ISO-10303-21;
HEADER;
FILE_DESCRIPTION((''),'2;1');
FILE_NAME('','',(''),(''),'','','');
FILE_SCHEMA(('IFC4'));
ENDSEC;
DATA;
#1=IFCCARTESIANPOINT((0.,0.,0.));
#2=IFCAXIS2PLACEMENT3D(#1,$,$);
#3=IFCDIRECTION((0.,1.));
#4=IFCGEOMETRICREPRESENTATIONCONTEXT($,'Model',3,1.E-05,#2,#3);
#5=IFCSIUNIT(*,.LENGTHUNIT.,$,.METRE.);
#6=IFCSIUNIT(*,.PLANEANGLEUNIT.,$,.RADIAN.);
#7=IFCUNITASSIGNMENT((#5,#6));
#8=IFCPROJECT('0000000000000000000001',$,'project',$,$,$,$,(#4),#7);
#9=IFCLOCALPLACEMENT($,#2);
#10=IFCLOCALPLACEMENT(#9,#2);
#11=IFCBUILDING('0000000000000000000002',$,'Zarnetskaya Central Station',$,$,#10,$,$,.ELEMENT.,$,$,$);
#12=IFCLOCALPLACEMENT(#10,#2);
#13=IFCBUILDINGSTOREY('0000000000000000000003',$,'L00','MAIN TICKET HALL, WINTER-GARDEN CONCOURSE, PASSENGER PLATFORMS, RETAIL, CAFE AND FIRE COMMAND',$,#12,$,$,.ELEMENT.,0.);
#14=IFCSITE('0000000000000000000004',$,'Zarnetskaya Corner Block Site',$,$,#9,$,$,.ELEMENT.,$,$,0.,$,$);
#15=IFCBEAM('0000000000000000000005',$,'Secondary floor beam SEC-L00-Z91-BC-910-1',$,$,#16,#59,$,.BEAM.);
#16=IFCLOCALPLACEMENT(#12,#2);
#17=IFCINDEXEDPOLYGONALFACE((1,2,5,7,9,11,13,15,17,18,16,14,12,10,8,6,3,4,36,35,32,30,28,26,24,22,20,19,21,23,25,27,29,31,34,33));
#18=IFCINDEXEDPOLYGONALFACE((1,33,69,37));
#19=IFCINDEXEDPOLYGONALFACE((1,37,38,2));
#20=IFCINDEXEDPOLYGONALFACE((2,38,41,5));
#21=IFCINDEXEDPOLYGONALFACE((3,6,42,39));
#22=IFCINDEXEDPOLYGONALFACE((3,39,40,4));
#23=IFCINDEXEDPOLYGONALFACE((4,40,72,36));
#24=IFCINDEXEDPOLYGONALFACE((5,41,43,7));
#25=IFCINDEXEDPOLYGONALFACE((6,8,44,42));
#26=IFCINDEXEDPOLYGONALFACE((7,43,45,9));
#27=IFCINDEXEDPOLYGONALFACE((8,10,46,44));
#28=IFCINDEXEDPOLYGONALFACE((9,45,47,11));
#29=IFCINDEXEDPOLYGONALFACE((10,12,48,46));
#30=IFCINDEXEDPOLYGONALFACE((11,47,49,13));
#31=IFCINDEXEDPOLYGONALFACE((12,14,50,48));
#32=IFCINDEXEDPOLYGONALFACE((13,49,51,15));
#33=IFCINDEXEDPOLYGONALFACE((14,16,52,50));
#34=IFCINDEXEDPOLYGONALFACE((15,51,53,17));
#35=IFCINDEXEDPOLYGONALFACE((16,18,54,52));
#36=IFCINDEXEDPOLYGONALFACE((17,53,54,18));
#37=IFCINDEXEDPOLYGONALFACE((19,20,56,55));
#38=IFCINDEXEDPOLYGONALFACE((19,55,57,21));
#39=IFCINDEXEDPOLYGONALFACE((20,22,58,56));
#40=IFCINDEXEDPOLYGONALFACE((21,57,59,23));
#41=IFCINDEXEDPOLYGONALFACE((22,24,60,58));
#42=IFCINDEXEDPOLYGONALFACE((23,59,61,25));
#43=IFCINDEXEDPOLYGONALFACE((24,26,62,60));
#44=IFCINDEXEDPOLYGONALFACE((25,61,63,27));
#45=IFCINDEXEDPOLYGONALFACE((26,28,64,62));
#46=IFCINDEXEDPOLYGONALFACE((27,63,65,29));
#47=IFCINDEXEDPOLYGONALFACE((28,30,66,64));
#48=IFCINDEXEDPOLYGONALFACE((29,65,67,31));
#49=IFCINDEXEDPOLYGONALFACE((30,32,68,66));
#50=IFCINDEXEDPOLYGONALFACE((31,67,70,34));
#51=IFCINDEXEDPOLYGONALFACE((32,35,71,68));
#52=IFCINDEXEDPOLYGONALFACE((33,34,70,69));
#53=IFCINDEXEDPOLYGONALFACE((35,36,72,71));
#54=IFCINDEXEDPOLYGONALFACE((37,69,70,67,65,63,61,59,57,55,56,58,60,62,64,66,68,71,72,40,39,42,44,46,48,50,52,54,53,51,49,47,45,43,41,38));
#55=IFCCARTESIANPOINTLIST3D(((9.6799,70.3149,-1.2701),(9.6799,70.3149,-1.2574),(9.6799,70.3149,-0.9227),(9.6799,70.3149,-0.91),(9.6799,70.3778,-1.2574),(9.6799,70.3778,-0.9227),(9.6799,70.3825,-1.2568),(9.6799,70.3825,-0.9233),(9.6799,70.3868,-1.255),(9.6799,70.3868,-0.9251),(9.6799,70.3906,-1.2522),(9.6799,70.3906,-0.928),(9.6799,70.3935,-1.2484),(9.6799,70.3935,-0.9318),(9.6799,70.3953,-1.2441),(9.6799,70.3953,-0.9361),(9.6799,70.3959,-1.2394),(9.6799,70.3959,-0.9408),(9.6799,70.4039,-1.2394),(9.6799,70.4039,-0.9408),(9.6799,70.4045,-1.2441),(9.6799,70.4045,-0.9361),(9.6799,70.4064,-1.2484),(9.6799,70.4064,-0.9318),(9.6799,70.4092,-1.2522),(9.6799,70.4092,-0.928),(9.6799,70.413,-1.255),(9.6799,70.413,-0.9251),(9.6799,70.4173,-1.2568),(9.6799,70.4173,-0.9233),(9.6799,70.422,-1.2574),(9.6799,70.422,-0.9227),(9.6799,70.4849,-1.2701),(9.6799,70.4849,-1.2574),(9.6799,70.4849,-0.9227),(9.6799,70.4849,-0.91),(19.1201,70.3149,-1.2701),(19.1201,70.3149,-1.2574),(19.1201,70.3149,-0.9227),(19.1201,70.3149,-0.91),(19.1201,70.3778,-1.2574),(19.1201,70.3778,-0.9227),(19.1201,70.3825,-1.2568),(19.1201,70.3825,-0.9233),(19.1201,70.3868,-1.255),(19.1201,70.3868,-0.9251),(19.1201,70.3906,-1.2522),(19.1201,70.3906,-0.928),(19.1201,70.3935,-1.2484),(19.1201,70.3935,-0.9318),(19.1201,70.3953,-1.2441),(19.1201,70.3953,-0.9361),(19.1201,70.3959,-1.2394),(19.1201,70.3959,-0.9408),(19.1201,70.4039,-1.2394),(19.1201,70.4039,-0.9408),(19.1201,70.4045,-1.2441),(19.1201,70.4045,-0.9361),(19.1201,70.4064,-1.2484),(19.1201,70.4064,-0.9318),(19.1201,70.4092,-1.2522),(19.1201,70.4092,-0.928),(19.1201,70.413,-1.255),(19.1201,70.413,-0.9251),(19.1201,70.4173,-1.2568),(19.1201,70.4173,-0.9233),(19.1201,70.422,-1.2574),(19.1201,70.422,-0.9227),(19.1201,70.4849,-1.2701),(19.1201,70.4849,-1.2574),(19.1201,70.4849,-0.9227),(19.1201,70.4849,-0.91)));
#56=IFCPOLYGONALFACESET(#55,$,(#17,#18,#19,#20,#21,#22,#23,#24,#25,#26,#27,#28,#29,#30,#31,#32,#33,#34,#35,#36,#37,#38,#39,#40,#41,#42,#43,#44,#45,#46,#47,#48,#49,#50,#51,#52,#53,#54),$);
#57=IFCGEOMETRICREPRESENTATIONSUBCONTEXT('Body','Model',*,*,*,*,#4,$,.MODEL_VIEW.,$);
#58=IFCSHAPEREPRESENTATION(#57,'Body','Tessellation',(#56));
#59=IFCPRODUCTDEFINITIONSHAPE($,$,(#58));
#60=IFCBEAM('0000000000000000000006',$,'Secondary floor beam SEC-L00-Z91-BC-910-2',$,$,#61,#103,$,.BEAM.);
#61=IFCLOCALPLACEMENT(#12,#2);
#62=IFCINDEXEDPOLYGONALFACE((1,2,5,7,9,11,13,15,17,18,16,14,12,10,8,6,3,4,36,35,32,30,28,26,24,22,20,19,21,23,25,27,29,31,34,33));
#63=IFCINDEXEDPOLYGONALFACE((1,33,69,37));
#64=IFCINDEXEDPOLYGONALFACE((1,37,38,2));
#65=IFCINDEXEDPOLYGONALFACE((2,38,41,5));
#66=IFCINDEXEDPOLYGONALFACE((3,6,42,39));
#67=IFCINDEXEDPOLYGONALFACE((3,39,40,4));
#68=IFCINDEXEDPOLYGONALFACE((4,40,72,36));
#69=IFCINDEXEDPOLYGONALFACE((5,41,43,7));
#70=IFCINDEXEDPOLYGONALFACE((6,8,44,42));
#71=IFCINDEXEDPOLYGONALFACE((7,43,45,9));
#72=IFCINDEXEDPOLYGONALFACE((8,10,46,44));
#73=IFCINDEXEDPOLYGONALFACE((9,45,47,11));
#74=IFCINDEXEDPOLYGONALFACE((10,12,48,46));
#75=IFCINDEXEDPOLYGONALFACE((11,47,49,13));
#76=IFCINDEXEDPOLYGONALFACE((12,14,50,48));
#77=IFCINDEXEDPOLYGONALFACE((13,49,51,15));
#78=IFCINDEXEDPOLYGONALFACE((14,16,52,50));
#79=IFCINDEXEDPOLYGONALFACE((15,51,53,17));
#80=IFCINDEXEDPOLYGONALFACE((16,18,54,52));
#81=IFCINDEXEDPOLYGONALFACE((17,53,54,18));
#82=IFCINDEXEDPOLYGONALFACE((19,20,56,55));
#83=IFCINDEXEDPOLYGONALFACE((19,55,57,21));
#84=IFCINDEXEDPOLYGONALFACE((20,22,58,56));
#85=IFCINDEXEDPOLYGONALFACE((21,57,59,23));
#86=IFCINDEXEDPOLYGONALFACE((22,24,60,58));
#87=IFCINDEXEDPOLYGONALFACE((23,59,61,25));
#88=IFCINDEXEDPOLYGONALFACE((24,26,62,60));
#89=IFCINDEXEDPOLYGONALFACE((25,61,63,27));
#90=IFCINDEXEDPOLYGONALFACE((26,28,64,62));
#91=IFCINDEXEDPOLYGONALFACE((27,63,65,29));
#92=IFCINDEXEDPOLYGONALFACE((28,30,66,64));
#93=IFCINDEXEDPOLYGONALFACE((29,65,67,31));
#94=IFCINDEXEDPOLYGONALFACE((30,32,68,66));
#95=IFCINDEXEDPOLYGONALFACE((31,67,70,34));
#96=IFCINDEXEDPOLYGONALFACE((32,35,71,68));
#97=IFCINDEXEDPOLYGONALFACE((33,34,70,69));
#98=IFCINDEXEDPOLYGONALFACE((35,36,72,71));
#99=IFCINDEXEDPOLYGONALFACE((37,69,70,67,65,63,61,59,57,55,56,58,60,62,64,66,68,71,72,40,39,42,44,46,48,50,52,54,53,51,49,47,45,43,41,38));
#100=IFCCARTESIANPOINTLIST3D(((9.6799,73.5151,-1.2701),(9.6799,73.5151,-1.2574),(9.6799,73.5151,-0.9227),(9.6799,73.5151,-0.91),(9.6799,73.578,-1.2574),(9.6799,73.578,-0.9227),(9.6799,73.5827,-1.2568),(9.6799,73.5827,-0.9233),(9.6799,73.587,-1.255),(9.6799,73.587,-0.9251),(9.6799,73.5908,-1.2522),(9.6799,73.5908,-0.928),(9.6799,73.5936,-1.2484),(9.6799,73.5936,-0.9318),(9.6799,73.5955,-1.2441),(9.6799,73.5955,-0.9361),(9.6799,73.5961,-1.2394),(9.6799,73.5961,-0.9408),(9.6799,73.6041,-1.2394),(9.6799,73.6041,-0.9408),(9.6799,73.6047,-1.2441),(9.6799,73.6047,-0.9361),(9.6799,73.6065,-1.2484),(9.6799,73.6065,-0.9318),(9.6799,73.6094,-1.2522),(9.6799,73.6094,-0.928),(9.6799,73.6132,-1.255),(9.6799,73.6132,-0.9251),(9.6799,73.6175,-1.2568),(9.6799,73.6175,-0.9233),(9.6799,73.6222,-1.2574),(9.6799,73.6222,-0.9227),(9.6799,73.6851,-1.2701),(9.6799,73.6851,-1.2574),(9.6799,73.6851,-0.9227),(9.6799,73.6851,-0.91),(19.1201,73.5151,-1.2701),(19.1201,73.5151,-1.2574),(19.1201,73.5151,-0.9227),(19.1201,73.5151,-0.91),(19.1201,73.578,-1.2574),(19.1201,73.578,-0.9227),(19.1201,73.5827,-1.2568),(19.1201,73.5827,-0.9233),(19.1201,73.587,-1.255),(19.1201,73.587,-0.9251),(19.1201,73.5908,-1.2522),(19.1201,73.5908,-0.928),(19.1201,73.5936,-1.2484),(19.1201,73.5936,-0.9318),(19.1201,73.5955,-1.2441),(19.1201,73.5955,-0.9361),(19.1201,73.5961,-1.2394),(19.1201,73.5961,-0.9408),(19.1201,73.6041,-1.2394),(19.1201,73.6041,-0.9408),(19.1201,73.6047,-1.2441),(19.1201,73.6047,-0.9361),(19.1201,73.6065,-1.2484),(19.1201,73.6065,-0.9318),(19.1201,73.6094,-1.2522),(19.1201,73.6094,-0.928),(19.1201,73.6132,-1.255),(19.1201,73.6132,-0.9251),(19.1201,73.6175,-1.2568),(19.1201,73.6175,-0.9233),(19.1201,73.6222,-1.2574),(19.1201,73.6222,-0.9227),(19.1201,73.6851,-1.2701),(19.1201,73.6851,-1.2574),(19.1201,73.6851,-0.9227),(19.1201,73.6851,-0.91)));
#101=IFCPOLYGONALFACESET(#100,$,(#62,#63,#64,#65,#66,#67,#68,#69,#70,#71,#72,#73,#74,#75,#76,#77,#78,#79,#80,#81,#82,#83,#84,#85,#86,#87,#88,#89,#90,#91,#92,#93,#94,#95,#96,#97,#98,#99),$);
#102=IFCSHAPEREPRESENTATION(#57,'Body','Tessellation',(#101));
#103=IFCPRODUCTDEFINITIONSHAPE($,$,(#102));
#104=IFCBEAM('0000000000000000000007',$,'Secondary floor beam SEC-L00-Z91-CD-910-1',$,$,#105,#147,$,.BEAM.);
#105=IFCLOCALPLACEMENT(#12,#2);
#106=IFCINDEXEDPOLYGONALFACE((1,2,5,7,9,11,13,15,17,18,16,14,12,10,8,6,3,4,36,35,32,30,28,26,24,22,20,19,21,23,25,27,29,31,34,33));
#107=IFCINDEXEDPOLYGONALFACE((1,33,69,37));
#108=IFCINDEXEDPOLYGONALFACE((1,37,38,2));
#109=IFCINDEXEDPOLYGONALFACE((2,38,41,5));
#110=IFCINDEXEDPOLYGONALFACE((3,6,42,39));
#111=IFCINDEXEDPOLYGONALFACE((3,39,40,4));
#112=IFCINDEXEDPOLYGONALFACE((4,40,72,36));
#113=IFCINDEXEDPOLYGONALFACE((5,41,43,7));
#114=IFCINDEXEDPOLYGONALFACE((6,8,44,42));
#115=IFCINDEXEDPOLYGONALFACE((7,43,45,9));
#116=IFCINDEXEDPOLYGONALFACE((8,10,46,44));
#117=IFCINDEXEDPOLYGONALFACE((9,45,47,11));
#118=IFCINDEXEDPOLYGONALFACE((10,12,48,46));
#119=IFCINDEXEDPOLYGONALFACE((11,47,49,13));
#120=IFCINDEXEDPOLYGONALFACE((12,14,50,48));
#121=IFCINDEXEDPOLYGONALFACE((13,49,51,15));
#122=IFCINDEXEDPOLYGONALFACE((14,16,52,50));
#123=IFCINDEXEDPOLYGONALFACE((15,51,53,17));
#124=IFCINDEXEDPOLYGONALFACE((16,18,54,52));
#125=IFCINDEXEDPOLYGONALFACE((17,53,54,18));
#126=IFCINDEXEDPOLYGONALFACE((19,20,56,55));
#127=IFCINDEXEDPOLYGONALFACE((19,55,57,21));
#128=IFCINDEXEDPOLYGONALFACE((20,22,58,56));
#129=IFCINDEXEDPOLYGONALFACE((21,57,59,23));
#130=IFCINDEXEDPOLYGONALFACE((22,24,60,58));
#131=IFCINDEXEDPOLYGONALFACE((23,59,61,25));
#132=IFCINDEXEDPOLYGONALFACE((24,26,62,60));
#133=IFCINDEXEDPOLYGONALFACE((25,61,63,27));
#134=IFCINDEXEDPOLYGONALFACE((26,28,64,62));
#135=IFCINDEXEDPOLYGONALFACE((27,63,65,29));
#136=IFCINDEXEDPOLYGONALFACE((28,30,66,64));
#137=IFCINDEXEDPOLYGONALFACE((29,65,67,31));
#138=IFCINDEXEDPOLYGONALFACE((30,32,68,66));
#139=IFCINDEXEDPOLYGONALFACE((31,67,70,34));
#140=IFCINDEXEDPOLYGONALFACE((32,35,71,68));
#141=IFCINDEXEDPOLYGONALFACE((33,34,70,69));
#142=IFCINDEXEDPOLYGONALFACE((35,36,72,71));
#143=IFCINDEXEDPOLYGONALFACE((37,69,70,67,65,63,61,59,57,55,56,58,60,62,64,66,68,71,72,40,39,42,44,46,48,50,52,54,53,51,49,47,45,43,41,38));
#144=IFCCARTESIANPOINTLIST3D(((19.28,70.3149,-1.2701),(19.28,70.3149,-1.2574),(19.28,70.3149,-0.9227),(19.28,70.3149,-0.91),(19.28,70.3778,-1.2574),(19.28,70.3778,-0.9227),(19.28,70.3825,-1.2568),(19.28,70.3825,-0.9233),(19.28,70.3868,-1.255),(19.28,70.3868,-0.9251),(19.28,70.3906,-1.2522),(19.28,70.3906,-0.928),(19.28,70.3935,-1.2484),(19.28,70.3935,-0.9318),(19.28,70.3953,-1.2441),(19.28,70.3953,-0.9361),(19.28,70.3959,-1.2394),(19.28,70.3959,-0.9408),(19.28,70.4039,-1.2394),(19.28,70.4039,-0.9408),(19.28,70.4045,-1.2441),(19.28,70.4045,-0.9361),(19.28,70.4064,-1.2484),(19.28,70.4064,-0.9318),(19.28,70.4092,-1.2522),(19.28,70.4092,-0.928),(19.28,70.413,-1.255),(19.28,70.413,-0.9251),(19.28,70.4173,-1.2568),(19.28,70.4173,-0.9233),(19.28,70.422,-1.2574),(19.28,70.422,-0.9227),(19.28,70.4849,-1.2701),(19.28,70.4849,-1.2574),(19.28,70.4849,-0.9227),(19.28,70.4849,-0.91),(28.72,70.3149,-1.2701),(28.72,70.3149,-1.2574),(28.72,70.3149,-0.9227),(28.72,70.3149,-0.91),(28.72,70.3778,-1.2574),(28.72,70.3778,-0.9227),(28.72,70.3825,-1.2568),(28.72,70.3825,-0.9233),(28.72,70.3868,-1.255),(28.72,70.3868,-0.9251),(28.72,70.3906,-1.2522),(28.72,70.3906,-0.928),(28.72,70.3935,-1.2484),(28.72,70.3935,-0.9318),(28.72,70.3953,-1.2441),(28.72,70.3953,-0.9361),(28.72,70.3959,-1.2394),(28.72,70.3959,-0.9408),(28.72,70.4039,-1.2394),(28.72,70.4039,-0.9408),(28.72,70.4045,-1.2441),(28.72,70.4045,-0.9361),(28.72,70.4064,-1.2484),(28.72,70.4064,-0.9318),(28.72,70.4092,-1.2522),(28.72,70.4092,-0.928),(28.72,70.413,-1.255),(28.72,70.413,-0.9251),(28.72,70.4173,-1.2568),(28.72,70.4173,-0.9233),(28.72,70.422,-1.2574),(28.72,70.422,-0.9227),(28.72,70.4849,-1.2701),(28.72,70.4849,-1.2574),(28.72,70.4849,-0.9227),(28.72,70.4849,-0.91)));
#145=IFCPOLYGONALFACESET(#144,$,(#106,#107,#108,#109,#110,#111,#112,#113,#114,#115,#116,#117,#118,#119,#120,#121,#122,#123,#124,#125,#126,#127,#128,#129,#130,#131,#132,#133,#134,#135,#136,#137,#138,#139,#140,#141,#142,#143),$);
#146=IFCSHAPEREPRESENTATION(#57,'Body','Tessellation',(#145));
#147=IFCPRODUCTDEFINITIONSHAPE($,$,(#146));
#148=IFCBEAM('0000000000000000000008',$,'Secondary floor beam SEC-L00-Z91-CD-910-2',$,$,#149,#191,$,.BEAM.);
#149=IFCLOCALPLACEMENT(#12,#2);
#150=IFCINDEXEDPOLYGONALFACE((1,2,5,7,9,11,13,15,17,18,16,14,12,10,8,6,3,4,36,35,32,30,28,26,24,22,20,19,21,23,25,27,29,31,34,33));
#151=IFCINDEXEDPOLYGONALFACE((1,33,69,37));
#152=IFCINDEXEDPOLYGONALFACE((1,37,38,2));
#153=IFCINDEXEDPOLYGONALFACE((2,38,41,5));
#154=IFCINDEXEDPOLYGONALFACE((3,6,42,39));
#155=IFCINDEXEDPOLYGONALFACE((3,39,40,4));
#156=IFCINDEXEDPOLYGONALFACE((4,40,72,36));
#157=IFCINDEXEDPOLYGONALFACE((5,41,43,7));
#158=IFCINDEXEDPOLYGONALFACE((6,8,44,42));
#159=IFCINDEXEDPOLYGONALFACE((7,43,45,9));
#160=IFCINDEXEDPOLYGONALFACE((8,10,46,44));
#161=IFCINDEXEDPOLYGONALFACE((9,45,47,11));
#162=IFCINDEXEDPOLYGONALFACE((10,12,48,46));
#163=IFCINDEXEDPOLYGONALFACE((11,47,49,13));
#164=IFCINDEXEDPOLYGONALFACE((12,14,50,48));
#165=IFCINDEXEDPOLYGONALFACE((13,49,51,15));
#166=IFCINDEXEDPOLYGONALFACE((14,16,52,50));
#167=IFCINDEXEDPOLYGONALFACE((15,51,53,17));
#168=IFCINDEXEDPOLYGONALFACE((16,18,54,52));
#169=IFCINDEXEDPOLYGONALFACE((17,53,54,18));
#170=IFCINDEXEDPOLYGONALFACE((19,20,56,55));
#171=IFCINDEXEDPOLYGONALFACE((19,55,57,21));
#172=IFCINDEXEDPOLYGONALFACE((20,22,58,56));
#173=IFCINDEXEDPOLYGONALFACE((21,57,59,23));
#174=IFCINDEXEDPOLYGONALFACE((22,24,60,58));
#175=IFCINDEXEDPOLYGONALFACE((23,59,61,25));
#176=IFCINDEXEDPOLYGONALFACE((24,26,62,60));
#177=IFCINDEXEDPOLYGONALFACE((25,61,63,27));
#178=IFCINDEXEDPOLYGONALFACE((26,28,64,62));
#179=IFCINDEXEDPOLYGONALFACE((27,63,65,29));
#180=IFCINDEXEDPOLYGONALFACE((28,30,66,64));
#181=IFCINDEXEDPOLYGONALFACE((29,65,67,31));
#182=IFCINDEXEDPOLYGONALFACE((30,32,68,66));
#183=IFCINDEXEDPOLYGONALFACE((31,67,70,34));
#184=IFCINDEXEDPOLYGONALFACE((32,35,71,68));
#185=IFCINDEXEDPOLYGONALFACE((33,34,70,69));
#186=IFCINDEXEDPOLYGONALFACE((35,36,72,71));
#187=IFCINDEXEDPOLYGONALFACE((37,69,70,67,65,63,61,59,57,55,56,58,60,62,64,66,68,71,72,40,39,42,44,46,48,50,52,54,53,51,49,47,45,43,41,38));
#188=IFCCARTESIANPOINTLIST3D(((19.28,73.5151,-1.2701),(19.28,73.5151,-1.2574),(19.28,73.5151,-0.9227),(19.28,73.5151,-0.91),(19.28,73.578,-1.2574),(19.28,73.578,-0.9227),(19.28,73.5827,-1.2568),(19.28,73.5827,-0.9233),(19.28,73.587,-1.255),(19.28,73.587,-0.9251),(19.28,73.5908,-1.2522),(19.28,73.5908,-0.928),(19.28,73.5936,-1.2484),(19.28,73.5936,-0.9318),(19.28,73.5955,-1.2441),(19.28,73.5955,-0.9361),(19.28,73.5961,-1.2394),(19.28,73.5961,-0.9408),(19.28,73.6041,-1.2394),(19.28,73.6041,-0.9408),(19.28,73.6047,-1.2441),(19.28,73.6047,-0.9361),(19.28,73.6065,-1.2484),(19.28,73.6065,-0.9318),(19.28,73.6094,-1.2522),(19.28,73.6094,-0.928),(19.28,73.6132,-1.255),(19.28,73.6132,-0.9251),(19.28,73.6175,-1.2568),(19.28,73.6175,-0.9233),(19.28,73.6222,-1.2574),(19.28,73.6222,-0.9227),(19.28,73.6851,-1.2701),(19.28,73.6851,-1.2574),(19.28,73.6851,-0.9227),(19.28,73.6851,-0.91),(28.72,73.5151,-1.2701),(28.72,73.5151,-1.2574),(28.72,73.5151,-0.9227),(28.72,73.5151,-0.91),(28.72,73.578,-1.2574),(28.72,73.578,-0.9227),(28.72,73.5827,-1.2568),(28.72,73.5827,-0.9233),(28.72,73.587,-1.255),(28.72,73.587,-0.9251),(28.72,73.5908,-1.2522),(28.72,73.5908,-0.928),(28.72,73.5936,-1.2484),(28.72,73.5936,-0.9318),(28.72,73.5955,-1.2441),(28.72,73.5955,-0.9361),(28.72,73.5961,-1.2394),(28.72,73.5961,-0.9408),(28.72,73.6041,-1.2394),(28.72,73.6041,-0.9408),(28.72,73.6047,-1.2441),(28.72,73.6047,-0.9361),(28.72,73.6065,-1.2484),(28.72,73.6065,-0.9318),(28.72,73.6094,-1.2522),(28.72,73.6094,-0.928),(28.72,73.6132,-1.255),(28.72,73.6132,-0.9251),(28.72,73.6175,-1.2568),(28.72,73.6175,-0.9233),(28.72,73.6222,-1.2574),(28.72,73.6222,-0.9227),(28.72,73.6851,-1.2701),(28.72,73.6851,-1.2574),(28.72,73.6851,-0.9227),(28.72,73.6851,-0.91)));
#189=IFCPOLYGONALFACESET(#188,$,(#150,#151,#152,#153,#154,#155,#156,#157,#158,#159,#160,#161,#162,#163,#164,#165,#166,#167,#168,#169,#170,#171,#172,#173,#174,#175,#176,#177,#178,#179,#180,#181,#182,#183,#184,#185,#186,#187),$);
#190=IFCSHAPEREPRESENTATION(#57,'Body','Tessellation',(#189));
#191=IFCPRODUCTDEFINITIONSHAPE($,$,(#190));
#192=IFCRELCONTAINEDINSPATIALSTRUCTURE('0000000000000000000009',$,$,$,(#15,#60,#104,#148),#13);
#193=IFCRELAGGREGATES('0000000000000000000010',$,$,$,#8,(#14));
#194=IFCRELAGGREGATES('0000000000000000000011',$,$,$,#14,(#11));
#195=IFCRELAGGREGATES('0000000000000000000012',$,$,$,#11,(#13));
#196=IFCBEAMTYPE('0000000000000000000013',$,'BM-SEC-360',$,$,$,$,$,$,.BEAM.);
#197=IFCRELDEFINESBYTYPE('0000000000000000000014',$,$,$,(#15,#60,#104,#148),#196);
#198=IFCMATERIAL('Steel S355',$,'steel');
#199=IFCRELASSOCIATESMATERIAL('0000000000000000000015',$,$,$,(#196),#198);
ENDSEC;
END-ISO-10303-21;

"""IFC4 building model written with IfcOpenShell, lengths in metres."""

from ifc_helpers import new_model, si_unit, direction, frame, origin, origin_2d, place, context, subcontext, project, spatial, i_section, extrude, material, material_profile, profile_set, type_object, element, save


model = new_model("IFC4")

# Units and contexts
model_context = context("Model", 3, precision=1e-05, world=origin(), true_north=direction((0.0, 1.0)))
body_context = subcontext(model_context, "Body", "Model", "MODEL_VIEW")
ifc_project = project(units=[si_unit("LENGTHUNIT", "METRE"), si_unit("PLANEANGLEUNIT", "RADIAN")], contexts=[model_context])

# Site, building, storey
site_placement = place(None, origin())
site = spatial("IfcSite", under=ifc_project, at=site_placement, Name="Zarnetskaya Corner Block Site", CompositionType="ELEMENT", RefElevation=0.0)
building_placement = place(site_placement, origin())
building = spatial("IfcBuilding", under=site, at=building_placement, Name="Zarnetskaya Central Station", CompositionType="ELEMENT")
storey_placement = place(building_placement, origin())
storey = spatial("IfcBuildingStorey", under=building, at=storey_placement, Name="L00", Description="MAIN TICKET HALL, WINTER-GARDEN CONCOURSE, PASSENGER PLATFORMS, RETAIL, CAFE AND FIRE COMMAND", CompositionType="ELEMENT", Elevation=0.0)

# Shared definitions
ifc_material_1 = material(Name="Steel S355", Category="steel")

# Beams
ifc_material_profile_1 = material_profile(ifc_material_1, i_section(OverallWidth=0.1699, OverallDepth=0.3601, WebThickness=0.0081, FlangeThickness=0.0127, FilletRadius=0.0181, at=origin_2d()), Name="IPE 360")
ifc_profile_set_1 = profile_set([ifc_material_profile_1], Name="Steel S355")
beam_type_1 = type_object("IfcBeamType", Name="BM-SEC-360", PredefinedType="BEAM", material=ifc_profile_set_1)
for number, where, z_axis, x_axis, name in (
    (1, (9.6799, 70.3999, -1.0901), (1.0, 0.0, 0.0), (0.0, 1.0, 0.0), "Secondary floor beam SEC-L00-Z91-BC-910-1"),
    (2, (9.6799, 73.6001, -1.0901), (1.0, 0.0, 0.0), (0.0, 1.0, 0.0), "Secondary floor beam SEC-L00-Z91-BC-910-2"),
):
    element("IfcBeam", number, at=place(storey_placement, frame(where, z_axis=z_axis, x_axis=x_axis)), inside=storey, type_object=beam_type_1, Name=name, PredefinedType="BEAM", context=body_context, shape_type="SweptSolid", body=[
        extrude(i_section(OverallWidth=0.1699, OverallDepth=0.3601, WebThickness=0.0081, FlangeThickness=0.0127, FilletRadius=0.0181, at=origin_2d()), origin(), (0.0, 0.0, 1.0), 9.4402),
    ])
for number, where, z_axis, x_axis, name in (
    (3, (19.28, 70.3999, -1.0901), (1.0, 0.0, 0.0), (0.0, 1.0, 0.0), "Secondary floor beam SEC-L00-Z91-CD-910-1"),
    (4, (19.28, 73.6001, -1.0901), (1.0, 0.0, 0.0), (0.0, 1.0, 0.0), "Secondary floor beam SEC-L00-Z91-CD-910-2"),
):
    element("IfcBeam", number, at=place(storey_placement, frame(where, z_axis=z_axis, x_axis=x_axis)), inside=storey, type_object=beam_type_1, Name=name, PredefinedType="BEAM", context=body_context, shape_type="SweptSolid", body=[
        extrude(i_section(OverallWidth=0.1699, OverallDepth=0.3601, WebThickness=0.0081, FlangeThickness=0.0127, FilletRadius=0.0181, at=origin_2d()), origin(), (0.0, 0.0, 1.0), 9.4399),
    ])

save(model, "model.ifc")
